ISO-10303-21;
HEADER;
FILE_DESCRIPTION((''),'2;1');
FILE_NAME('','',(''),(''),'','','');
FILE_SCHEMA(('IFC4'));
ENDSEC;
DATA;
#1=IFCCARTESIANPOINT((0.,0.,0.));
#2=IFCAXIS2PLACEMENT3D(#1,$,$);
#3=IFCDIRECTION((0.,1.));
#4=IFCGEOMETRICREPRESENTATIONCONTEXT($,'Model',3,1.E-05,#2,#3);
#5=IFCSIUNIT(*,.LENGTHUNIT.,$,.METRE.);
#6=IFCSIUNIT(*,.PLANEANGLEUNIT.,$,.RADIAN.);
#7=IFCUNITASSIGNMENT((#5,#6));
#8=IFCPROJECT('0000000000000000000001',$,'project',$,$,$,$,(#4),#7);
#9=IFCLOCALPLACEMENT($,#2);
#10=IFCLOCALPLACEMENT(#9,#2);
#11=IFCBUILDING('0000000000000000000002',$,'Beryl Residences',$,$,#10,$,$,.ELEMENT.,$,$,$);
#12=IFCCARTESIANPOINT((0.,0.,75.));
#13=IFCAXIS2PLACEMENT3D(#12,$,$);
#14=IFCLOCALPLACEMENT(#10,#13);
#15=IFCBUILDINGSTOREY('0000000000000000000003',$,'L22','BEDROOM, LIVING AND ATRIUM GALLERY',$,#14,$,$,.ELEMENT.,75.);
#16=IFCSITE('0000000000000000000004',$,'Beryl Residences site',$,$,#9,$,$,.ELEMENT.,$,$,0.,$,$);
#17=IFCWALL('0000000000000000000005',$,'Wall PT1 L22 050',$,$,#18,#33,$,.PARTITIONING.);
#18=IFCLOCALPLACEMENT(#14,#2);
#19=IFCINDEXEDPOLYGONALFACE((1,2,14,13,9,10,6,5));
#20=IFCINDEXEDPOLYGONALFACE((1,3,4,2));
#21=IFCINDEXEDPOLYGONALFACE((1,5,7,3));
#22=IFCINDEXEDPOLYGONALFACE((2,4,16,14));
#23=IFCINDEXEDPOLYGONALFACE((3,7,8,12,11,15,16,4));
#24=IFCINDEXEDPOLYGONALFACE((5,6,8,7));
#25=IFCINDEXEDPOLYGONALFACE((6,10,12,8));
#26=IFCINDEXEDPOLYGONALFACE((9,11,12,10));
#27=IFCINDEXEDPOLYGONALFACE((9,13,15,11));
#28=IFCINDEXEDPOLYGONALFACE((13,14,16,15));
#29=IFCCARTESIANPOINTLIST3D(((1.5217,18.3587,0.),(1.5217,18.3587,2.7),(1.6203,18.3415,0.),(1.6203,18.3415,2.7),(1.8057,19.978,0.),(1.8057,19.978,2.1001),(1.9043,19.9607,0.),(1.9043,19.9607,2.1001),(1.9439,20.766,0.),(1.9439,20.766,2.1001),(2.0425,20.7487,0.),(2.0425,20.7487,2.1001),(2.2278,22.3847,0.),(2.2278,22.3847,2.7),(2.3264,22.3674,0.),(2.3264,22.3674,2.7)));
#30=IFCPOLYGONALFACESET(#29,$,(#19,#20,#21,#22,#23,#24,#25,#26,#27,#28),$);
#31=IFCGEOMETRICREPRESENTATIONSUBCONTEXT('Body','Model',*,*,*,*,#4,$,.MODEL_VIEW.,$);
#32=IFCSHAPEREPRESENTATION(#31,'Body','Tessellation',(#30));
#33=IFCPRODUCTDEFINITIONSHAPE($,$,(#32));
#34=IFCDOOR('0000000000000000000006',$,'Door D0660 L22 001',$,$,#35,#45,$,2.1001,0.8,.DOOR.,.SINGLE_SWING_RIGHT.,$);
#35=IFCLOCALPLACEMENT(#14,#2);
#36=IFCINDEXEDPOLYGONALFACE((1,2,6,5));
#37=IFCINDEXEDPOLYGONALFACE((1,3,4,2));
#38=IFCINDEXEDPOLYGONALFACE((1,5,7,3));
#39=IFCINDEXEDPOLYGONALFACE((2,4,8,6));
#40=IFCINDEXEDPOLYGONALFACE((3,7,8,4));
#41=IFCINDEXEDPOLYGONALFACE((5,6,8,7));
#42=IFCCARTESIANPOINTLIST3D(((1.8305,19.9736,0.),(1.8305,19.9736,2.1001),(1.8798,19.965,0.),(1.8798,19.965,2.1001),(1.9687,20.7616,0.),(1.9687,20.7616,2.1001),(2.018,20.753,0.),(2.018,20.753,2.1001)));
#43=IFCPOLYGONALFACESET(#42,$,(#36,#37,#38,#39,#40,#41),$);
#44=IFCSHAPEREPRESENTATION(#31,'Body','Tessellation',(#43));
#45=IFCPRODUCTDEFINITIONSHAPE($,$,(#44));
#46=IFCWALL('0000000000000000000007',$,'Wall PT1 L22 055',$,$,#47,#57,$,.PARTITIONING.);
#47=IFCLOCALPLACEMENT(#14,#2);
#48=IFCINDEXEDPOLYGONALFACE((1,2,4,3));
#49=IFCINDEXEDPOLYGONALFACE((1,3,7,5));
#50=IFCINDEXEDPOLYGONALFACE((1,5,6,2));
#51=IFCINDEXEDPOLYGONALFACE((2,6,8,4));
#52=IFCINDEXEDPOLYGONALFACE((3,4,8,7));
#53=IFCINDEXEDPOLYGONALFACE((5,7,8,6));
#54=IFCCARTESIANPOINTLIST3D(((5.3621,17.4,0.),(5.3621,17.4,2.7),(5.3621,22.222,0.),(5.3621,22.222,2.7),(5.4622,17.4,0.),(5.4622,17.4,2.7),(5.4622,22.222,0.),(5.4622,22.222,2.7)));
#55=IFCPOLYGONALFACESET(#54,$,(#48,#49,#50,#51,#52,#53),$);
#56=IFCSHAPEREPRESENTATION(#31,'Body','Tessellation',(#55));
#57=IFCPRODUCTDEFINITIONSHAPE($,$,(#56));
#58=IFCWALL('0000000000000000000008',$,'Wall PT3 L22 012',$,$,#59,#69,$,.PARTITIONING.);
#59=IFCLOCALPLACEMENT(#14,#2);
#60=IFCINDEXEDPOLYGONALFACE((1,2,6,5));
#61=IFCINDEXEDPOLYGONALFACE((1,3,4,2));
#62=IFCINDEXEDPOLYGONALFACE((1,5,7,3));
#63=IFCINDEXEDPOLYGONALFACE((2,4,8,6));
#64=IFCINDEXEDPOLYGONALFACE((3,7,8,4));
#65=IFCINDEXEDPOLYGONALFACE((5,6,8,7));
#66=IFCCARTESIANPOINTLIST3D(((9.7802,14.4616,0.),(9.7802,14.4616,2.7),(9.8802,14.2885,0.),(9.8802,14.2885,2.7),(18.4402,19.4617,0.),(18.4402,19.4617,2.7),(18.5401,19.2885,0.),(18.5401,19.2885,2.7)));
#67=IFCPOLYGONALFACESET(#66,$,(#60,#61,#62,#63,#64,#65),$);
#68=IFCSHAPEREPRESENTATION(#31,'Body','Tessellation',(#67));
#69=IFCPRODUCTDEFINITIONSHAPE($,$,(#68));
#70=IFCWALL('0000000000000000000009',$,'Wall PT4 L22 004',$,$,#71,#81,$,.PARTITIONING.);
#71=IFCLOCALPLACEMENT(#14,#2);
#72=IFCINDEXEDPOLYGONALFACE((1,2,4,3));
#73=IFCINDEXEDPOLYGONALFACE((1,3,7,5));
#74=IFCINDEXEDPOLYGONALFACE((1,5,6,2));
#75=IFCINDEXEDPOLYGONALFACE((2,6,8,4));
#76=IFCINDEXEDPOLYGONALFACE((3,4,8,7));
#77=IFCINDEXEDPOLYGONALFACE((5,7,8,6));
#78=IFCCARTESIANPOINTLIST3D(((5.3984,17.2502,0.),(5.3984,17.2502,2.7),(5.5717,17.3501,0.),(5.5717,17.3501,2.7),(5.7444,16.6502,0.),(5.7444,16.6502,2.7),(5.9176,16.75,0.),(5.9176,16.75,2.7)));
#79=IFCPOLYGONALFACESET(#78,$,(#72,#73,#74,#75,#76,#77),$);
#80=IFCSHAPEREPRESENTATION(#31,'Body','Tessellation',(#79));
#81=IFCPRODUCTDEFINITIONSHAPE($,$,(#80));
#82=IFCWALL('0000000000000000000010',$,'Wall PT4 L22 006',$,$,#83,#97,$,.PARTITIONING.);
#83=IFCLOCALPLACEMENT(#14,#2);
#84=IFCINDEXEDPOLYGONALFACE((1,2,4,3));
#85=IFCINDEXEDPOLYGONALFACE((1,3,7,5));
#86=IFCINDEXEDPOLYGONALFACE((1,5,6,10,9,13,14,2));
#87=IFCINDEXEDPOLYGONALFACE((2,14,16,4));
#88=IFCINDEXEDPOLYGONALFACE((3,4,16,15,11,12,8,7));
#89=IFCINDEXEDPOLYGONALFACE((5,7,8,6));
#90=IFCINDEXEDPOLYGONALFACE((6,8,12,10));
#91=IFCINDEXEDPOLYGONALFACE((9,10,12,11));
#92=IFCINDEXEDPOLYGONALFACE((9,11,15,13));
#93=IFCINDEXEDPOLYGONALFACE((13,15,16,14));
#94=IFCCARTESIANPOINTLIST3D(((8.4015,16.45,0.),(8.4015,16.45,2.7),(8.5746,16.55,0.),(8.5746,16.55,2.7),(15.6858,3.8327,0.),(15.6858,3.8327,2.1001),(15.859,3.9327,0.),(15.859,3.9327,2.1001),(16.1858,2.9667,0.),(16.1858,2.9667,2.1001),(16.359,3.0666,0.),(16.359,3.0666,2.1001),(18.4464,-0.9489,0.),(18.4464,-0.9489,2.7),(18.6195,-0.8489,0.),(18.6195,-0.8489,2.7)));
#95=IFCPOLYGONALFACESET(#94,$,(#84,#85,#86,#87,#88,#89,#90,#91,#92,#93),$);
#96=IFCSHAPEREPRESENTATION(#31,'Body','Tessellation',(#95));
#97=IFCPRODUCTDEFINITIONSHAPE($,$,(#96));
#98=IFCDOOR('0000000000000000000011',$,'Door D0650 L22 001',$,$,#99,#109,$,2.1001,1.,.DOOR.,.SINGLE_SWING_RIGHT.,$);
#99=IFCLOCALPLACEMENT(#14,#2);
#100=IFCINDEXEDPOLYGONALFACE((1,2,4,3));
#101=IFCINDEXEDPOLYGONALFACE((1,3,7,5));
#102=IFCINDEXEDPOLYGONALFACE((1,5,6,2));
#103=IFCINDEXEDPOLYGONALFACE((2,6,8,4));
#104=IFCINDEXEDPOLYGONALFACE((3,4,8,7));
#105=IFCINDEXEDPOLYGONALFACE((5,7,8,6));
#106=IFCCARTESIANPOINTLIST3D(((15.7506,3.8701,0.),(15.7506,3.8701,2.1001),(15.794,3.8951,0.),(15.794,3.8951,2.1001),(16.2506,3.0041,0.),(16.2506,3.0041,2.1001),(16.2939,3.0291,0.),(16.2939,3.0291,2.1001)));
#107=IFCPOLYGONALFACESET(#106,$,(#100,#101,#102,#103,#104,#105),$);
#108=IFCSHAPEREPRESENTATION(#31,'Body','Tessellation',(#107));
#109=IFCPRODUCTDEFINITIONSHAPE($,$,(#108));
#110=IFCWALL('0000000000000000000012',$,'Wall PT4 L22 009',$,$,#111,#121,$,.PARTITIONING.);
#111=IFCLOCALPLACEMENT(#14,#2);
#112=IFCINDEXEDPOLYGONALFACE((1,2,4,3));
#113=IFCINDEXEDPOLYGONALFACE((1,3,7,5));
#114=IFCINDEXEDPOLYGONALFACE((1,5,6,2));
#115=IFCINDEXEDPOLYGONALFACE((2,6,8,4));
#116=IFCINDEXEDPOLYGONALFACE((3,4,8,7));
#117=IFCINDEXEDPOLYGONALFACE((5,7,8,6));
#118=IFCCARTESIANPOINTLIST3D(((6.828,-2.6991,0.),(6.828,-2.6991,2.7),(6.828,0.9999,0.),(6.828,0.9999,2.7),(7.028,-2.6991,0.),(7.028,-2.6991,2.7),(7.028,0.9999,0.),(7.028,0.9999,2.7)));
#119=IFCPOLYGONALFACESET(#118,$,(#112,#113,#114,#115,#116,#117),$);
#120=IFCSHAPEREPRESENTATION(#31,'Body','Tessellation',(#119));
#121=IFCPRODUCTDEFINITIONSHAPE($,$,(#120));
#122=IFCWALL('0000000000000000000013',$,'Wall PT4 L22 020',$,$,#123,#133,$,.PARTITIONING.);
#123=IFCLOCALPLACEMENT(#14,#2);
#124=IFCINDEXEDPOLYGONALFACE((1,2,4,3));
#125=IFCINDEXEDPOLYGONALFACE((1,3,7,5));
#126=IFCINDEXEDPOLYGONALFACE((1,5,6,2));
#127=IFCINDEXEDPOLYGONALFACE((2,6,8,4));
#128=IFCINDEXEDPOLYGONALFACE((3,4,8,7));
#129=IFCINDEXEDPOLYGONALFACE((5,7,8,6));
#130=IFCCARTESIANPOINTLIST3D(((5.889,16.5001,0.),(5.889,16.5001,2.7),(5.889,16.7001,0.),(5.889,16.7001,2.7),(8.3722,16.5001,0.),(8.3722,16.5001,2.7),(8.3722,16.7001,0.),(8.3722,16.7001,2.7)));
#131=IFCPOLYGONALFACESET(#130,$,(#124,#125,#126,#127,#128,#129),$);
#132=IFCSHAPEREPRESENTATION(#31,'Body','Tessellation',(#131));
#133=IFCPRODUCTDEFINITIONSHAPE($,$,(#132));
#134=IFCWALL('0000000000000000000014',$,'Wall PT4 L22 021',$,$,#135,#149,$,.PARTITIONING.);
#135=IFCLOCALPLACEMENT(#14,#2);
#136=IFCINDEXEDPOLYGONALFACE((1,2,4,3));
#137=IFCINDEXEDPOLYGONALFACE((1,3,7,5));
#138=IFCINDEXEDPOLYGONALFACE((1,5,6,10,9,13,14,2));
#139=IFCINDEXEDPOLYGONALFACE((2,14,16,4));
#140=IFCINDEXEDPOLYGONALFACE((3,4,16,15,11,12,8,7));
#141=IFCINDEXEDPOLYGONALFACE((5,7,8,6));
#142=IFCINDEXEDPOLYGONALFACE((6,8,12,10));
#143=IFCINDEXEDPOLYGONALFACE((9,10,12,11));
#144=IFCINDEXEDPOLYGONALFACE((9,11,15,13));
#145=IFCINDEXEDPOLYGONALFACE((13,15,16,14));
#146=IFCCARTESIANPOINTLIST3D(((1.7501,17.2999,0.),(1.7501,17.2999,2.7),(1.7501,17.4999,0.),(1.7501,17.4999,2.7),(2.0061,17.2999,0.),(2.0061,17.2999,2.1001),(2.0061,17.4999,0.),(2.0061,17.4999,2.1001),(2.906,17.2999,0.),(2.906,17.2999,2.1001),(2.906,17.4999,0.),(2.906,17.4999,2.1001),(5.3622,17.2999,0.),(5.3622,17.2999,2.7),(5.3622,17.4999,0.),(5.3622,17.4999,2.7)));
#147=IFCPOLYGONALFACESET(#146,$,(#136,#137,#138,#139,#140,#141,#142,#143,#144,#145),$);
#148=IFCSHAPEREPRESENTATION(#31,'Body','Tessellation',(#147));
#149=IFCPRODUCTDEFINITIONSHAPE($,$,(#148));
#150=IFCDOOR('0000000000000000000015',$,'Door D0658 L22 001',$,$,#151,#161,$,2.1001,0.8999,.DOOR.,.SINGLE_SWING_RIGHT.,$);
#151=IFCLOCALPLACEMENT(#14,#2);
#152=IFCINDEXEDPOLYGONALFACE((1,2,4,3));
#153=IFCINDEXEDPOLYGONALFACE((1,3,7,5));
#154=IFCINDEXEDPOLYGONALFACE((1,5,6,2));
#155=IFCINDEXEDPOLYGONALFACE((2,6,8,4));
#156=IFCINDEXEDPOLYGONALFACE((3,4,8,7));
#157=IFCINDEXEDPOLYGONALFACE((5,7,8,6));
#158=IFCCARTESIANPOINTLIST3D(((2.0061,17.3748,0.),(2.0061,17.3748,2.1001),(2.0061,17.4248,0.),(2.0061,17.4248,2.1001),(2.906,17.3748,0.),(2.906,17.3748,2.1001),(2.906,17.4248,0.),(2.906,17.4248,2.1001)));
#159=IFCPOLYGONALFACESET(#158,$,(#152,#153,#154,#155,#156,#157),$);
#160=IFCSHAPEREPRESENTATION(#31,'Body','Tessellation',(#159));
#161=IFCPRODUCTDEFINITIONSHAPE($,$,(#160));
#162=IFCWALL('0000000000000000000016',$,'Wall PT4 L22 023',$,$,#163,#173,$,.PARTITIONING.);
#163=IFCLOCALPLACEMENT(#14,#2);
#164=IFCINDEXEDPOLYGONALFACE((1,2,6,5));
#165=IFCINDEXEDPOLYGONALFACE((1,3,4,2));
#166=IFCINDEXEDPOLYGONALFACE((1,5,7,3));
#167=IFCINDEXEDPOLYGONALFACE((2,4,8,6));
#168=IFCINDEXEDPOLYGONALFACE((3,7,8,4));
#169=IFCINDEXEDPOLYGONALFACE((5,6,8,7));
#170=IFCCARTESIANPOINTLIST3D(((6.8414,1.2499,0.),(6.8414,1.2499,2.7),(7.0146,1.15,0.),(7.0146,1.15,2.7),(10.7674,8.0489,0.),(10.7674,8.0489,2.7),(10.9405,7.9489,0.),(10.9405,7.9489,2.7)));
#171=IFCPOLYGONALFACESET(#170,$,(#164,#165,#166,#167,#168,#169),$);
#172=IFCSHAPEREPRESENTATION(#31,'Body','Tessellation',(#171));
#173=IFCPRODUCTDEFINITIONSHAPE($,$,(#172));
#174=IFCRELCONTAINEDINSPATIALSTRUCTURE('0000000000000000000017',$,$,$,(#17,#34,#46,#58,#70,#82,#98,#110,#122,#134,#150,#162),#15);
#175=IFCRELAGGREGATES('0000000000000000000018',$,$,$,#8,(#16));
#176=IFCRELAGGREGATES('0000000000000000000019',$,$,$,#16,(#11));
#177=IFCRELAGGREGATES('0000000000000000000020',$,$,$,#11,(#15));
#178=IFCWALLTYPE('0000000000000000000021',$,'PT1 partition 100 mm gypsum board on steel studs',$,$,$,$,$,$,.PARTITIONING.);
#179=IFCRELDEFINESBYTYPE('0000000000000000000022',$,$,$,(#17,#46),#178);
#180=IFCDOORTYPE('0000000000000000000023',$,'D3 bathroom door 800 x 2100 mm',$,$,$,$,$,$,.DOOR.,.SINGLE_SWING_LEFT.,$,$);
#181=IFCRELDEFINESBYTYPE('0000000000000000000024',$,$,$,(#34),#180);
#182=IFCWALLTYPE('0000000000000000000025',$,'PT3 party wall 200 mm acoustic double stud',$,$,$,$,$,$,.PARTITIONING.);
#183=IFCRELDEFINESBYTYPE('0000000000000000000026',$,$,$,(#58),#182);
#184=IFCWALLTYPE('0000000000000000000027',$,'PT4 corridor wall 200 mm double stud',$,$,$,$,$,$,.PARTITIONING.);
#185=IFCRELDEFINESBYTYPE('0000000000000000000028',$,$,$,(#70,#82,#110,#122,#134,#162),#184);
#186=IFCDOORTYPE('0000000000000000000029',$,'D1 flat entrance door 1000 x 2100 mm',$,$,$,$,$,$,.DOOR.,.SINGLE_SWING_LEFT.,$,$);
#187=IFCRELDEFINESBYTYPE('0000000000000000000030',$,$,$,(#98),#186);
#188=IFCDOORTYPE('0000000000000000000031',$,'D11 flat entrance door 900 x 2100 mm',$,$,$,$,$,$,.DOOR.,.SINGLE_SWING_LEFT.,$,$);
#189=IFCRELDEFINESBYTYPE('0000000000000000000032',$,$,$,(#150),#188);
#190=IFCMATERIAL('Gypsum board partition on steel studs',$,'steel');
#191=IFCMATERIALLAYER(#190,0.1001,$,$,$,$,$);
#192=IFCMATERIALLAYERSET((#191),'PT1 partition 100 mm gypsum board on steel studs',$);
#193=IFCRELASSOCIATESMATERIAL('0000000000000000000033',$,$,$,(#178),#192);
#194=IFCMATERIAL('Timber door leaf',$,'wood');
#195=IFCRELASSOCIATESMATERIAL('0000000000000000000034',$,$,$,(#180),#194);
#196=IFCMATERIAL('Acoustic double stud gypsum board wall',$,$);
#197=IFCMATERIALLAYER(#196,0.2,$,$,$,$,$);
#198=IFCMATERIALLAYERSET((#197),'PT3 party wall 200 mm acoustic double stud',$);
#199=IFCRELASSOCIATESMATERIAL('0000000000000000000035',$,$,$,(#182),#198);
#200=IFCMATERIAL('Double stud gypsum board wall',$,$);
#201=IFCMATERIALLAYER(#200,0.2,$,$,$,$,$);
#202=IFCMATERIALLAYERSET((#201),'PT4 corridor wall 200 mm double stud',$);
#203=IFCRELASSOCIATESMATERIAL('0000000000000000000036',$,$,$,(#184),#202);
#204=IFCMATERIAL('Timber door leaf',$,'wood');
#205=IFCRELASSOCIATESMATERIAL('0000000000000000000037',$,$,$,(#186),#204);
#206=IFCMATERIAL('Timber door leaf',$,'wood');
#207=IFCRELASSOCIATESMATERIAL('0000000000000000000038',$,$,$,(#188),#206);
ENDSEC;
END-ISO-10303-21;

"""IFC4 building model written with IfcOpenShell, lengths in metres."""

from ifc_helpers import new_model, si_unit, direction, frame, frame_2d, origin, place, context, subcontext, project, spatial, rectangle, extrude, material, layer, layer_set, type_object, element, fill, save


model = new_model("IFC4")

# Units and contexts
model_context = context("Model", 3, precision=1e-05, world=origin(), true_north=direction((0.0, 1.0)))
body_context = subcontext(model_context, "Body", "Model", "MODEL_VIEW")
ifc_project = project(units=[si_unit("LENGTHUNIT", "METRE"), si_unit("PLANEANGLEUNIT", "RADIAN")], contexts=[model_context])

# Site, building, storey
site_placement = place(None, origin())
site = spatial("IfcSite", under=ifc_project, at=site_placement, Name="Beryl Residences site", CompositionType="ELEMENT", RefElevation=0.0)
building_placement = place(site_placement, origin())
building = spatial("IfcBuilding", under=site, at=building_placement, Name="Beryl Residences", CompositionType="ELEMENT")
storey_placement = place(building_placement, frame((0.0, 0.0, 75.0)))
storey = spatial("IfcBuildingStorey", under=building, at=storey_placement, Name="L22", Description="BEDROOM, LIVING AND ATRIUM GALLERY", CompositionType="ELEMENT", Elevation=75.0)

# Shared definitions
ifc_material_1 = material(Name="Gypsum board partition on steel studs", Category="steel")
ifc_layer_1 = layer(ifc_material_1, 0.1001)
ifc_layer_set_1 = layer_set([ifc_layer_1], Name="PT1 partition 100 mm gypsum board on steel studs")
wall_type_1 = type_object("IfcWallType", Name="PT1 partition 100 mm gypsum board on steel studs", PredefinedType="PARTITIONING", material=ifc_layer_set_1)

# Wall, opening, door
wall_1_placement = place(storey_placement, frame((1.571, 18.3501, 0.0), z_axis=(0.0, 0.0, 1.0), x_axis=(0.172743, 0.984967, 0.0)))
wall_1 = element("IfcWall", 1, at=wall_1_placement, inside=storey, type_object=wall_type_1, Name="Wall PT1 L22 050", PredefinedType="PARTITIONING", context=body_context, shape_type="SweptSolid", body=[
    extrude(rectangle(XDim=4.0874, YDim=0.1001, at=frame_2d((2.0437, 0.0))), origin(), (0.0, 0.0, 1.0), 2.7),
])
opening_1_placement = place(wall_1_placement, frame((1.644, 0.0, 0.0)))
opening_1 = element("IfcOpeningElement", 2, at=opening_1_placement, cuts=wall_1, PredefinedType="OPENING", context=body_context, shape_type="SweptSolid", body=[
    extrude(rectangle(XDim=0.8, YDim=2.1001, at=frame_2d((0.3999, 1.05))), frame((0.0, 0.0601, 0.0), z_axis=(0.0, -1.0, 0.0), x_axis=(1.0, 0.0, 0.0)), (0.0, 0.0, 1.0), 0.1201),
])
ifc_material_2 = material(Name="Timber door leaf", Category="wood")
door_type_1 = type_object("IfcDoorType", Name="D3 bathroom door 800 x 2100 mm", OperationType="SINGLE_SWING_LEFT", PredefinedType="DOOR", material=ifc_material_2)
door_1_placement = place(opening_1_placement, origin())
door_1 = element("IfcDoor", 3, at=door_1_placement, inside=storey, type_object=door_type_1, Name="Door D0660 L22 001", OperationType="SINGLE_SWING_RIGHT", OverallHeight=2.1001, OverallWidth=0.8, PredefinedType="DOOR", context=body_context, shape_type="SweptSolid", body=[
    extrude(rectangle(XDim=0.8, YDim=2.1001, at=frame_2d((0.3999, 1.05))), frame((0.0, 0.0249, 0.0), z_axis=(0.0, -1.0, 0.0), x_axis=(1.0, 0.0, 0.0)), (0.0, 0.0, 1.0), 0.05),
])
fill(opening_1, door_1)

# Walls
wall_2_placement = place(storey_placement, frame((5.4121, 17.3999, 0.0), z_axis=(0.0, 0.0, 1.0), x_axis=(0.0, 1.0, 0.0)))
element("IfcWall", 4, at=wall_2_placement, inside=storey, type_object=wall_type_1, Name="Wall PT1 L22 055", PredefinedType="PARTITIONING", context=body_context, shape_type="SweptSolid", body=[
    extrude(rectangle(XDim=4.822, YDim=0.1001, at=frame_2d((2.4111, 0.0))), origin(), (0.0, 0.0, 1.0), 2.7),
])
ifc_material_3 = material(Name="Acoustic double stud gypsum board wall")
ifc_layer_2 = layer(ifc_material_3, 0.2)
ifc_layer_set_2 = layer_set([ifc_layer_2], Name="PT3 party wall 200 mm acoustic double stud")
wall_type_2 = type_object("IfcWallType", Name="PT3 party wall 200 mm acoustic double stud", PredefinedType="PARTITIONING", material=ifc_layer_set_2)
wall_3_placement = place(storey_placement, frame((9.8301, 14.375, 0.0), z_axis=(0.0, 0.0, 1.0), x_axis=(0.866017, 0.500015, 0.0)))
element("IfcWall", 5, at=wall_3_placement, inside=storey, type_object=wall_type_2, Name="Wall PT3 L22 012", PredefinedType="PARTITIONING", context=body_context, shape_type="SweptSolid", body=[
    extrude(rectangle(XDim=9.9998, YDim=0.2, at=frame_2d((5.0, 0.0))), origin(), (0.0, 0.0, 1.0), 2.7),
])
ifc_material_4 = material(Name="Double stud gypsum board wall")
ifc_layer_3 = layer(ifc_material_4, 0.2)
ifc_layer_set_3 = layer_set([ifc_layer_3], Name="PT4 corridor wall 200 mm double stud")
wall_type_3 = type_object("IfcWallType", Name="PT4 corridor wall 200 mm double stud", PredefinedType="PARTITIONING", material=ifc_layer_set_3)
wall_4_placement = place(storey_placement, frame((5.4851, 17.3, 0.0), z_axis=(0.0, 0.0, 1.0), x_axis=(0.499438, -0.86635, 0.0)))
element("IfcWall", 6, at=wall_4_placement, inside=storey, type_object=wall_type_3, Name="Wall PT4 L22 004", PredefinedType="PARTITIONING", context=body_context, shape_type="SweptSolid", body=[
    extrude(rectangle(XDim=0.6926, YDim=0.2, at=frame_2d((0.3462, 0.0))), origin(), (0.0, 0.0, 1.0), 2.7),
])

# Wall, opening, door
wall_5_placement = place(storey_placement, frame((8.488, 16.5, 0.0), z_axis=(0.0, 0.0, 1.0), x_axis=(0.499987, -0.866033, 0.0)))
wall_5 = element("IfcWall", 7, at=wall_5_placement, inside=storey, type_object=wall_type_3, Name="Wall PT4 L22 006", PredefinedType="PARTITIONING", context=body_context, shape_type="SweptSolid", body=[
    extrude(rectangle(XDim=20.0903, YDim=0.2, at=frame_2d((10.0452, 0.0))), origin(), (0.0, 0.0, 1.0), 2.7),
])
opening_2_placement = place(wall_5_placement, frame((14.5691, 0.0, 0.0)))
opening_2 = element("IfcOpeningElement", 8, at=opening_2_placement, cuts=wall_5, PredefinedType="OPENING", context=body_context, shape_type="SweptSolid", body=[
    extrude(rectangle(XDim=1.0, YDim=2.1001, at=frame_2d((0.5, 1.05))), frame((0.0, 0.1099, 0.0), z_axis=(0.0, -1.0, 0.0), x_axis=(1.0, 0.0, 0.0)), (0.0, 0.0, 1.0), 0.22),
])
ifc_material_5 = material(Name="Timber door leaf", Category="wood")
door_type_2 = type_object("IfcDoorType", Name="D1 flat entrance door 1000 x 2100 mm", OperationType="SINGLE_SWING_LEFT", PredefinedType="DOOR", material=ifc_material_5)
door_2_placement = place(opening_2_placement, origin())
door_2 = element("IfcDoor", 9, at=door_2_placement, inside=storey, type_object=door_type_2, Name="Door D0650 L22 001", OperationType="SINGLE_SWING_RIGHT", OverallHeight=2.1001, OverallWidth=1.0, PredefinedType="DOOR", context=body_context, shape_type="SweptSolid", body=[
    extrude(rectangle(XDim=1.0, YDim=2.1001, at=frame_2d((0.5, 1.05))), frame((0.0, 0.0249, 0.0), z_axis=(0.0, -1.0, 0.0), x_axis=(1.0, 0.0, 0.0)), (0.0, 0.0, 1.0), 0.05),
])
fill(opening_2, door_2)

# Walls
wall_6_placement = place(storey_placement, frame((6.928, 1.0, 0.0), z_axis=(0.0, 0.0, 1.0), x_axis=(0.0, -1.0, 0.0)))
element("IfcWall", 10, at=wall_6_placement, inside=storey, type_object=wall_type_3, Name="Wall PT4 L22 009", PredefinedType="PARTITIONING", context=body_context, shape_type="SweptSolid", body=[
    extrude(rectangle(XDim=3.699, YDim=0.2, at=frame_2d((1.8496, 0.0))), origin(), (0.0, 0.0, 1.0), 2.7),
])
wall_7_placement = place(storey_placement, frame((5.8889, 16.6001, 0.0), z_axis=(0.0, 0.0, 1.0), x_axis=(1.0, 0.0, 0.0)))
element("IfcWall", 11, at=wall_7_placement, inside=storey, type_object=wall_type_3, Name="Wall PT4 L22 020", PredefinedType="PARTITIONING", context=body_context, shape_type="SweptSolid", body=[
    extrude(rectangle(XDim=2.4832, YDim=0.2, at=frame_2d((1.2417, 0.0))), origin(), (0.0, 0.0, 1.0), 2.7),
])

# Wall, opening, door
wall_8_placement = place(storey_placement, frame((1.75, 17.3999, 0.0), z_axis=(0.0, 0.0, 1.0), x_axis=(1.0, 0.0, 0.0)))
wall_8 = element("IfcWall", 12, at=wall_8_placement, inside=storey, type_object=wall_type_3, Name="Wall PT4 L22 021", PredefinedType="PARTITIONING", context=body_context, shape_type="SweptSolid", body=[
    extrude(rectangle(XDim=3.6121, YDim=0.2, at=frame_2d((1.8062, 0.0))), origin(), (0.0, 0.0, 1.0), 2.7),
])
opening_3_placement = place(wall_8_placement, frame((0.2561, 0.0, 0.0)))
opening_3 = element("IfcOpeningElement", 13, at=opening_3_placement, cuts=wall_8, PredefinedType="OPENING", context=body_context, shape_type="SweptSolid", body=[
    extrude(rectangle(XDim=0.8999, YDim=2.1001, at=frame_2d((0.45, 1.05))), frame((0.0, 0.1099, 0.0), z_axis=(0.0, -1.0, 0.0), x_axis=(1.0, 0.0, 0.0)), (0.0, 0.0, 1.0), 0.22),
])
ifc_material_6 = material(Name="Timber door leaf", Category="wood")
door_type_3 = type_object("IfcDoorType", Name="D11 flat entrance door 900 x 2100 mm", OperationType="SINGLE_SWING_LEFT", PredefinedType="DOOR", material=ifc_material_6)
door_3_placement = place(opening_3_placement, origin())
door_3 = element("IfcDoor", 14, at=door_3_placement, inside=storey, type_object=door_type_3, Name="Door D0658 L22 001", OperationType="SINGLE_SWING_RIGHT", OverallHeight=2.1001, OverallWidth=0.8999, PredefinedType="DOOR", context=body_context, shape_type="SweptSolid", body=[
    extrude(rectangle(XDim=0.8999, YDim=2.1001, at=frame_2d((0.45, 1.05))), frame((0.0, 0.0249, 0.0), z_axis=(0.0, -1.0, 0.0), x_axis=(1.0, 0.0, 0.0)), (0.0, 0.0, 1.0), 0.05),
])
fill(opening_3, door_3)

# Wall
wall_9_placement = place(storey_placement, frame((6.928, 1.2, 0.0), z_axis=(0.0, 0.0, 1.0), x_axis=(0.500055, 0.865993, 0.0)))
element("IfcWall", 15, at=wall_9_placement, inside=storey, type_object=wall_type_3, Name="Wall PT4 L22 023", PredefinedType="PARTITIONING", context=body_context, shape_type="SweptSolid", body=[
    extrude(rectangle(XDim=7.8511, YDim=0.2, at=frame_2d((3.9255, 0.0))), origin(), (0.0, 0.0, 1.0), 2.7),
])

save(model, "model.ifc")
